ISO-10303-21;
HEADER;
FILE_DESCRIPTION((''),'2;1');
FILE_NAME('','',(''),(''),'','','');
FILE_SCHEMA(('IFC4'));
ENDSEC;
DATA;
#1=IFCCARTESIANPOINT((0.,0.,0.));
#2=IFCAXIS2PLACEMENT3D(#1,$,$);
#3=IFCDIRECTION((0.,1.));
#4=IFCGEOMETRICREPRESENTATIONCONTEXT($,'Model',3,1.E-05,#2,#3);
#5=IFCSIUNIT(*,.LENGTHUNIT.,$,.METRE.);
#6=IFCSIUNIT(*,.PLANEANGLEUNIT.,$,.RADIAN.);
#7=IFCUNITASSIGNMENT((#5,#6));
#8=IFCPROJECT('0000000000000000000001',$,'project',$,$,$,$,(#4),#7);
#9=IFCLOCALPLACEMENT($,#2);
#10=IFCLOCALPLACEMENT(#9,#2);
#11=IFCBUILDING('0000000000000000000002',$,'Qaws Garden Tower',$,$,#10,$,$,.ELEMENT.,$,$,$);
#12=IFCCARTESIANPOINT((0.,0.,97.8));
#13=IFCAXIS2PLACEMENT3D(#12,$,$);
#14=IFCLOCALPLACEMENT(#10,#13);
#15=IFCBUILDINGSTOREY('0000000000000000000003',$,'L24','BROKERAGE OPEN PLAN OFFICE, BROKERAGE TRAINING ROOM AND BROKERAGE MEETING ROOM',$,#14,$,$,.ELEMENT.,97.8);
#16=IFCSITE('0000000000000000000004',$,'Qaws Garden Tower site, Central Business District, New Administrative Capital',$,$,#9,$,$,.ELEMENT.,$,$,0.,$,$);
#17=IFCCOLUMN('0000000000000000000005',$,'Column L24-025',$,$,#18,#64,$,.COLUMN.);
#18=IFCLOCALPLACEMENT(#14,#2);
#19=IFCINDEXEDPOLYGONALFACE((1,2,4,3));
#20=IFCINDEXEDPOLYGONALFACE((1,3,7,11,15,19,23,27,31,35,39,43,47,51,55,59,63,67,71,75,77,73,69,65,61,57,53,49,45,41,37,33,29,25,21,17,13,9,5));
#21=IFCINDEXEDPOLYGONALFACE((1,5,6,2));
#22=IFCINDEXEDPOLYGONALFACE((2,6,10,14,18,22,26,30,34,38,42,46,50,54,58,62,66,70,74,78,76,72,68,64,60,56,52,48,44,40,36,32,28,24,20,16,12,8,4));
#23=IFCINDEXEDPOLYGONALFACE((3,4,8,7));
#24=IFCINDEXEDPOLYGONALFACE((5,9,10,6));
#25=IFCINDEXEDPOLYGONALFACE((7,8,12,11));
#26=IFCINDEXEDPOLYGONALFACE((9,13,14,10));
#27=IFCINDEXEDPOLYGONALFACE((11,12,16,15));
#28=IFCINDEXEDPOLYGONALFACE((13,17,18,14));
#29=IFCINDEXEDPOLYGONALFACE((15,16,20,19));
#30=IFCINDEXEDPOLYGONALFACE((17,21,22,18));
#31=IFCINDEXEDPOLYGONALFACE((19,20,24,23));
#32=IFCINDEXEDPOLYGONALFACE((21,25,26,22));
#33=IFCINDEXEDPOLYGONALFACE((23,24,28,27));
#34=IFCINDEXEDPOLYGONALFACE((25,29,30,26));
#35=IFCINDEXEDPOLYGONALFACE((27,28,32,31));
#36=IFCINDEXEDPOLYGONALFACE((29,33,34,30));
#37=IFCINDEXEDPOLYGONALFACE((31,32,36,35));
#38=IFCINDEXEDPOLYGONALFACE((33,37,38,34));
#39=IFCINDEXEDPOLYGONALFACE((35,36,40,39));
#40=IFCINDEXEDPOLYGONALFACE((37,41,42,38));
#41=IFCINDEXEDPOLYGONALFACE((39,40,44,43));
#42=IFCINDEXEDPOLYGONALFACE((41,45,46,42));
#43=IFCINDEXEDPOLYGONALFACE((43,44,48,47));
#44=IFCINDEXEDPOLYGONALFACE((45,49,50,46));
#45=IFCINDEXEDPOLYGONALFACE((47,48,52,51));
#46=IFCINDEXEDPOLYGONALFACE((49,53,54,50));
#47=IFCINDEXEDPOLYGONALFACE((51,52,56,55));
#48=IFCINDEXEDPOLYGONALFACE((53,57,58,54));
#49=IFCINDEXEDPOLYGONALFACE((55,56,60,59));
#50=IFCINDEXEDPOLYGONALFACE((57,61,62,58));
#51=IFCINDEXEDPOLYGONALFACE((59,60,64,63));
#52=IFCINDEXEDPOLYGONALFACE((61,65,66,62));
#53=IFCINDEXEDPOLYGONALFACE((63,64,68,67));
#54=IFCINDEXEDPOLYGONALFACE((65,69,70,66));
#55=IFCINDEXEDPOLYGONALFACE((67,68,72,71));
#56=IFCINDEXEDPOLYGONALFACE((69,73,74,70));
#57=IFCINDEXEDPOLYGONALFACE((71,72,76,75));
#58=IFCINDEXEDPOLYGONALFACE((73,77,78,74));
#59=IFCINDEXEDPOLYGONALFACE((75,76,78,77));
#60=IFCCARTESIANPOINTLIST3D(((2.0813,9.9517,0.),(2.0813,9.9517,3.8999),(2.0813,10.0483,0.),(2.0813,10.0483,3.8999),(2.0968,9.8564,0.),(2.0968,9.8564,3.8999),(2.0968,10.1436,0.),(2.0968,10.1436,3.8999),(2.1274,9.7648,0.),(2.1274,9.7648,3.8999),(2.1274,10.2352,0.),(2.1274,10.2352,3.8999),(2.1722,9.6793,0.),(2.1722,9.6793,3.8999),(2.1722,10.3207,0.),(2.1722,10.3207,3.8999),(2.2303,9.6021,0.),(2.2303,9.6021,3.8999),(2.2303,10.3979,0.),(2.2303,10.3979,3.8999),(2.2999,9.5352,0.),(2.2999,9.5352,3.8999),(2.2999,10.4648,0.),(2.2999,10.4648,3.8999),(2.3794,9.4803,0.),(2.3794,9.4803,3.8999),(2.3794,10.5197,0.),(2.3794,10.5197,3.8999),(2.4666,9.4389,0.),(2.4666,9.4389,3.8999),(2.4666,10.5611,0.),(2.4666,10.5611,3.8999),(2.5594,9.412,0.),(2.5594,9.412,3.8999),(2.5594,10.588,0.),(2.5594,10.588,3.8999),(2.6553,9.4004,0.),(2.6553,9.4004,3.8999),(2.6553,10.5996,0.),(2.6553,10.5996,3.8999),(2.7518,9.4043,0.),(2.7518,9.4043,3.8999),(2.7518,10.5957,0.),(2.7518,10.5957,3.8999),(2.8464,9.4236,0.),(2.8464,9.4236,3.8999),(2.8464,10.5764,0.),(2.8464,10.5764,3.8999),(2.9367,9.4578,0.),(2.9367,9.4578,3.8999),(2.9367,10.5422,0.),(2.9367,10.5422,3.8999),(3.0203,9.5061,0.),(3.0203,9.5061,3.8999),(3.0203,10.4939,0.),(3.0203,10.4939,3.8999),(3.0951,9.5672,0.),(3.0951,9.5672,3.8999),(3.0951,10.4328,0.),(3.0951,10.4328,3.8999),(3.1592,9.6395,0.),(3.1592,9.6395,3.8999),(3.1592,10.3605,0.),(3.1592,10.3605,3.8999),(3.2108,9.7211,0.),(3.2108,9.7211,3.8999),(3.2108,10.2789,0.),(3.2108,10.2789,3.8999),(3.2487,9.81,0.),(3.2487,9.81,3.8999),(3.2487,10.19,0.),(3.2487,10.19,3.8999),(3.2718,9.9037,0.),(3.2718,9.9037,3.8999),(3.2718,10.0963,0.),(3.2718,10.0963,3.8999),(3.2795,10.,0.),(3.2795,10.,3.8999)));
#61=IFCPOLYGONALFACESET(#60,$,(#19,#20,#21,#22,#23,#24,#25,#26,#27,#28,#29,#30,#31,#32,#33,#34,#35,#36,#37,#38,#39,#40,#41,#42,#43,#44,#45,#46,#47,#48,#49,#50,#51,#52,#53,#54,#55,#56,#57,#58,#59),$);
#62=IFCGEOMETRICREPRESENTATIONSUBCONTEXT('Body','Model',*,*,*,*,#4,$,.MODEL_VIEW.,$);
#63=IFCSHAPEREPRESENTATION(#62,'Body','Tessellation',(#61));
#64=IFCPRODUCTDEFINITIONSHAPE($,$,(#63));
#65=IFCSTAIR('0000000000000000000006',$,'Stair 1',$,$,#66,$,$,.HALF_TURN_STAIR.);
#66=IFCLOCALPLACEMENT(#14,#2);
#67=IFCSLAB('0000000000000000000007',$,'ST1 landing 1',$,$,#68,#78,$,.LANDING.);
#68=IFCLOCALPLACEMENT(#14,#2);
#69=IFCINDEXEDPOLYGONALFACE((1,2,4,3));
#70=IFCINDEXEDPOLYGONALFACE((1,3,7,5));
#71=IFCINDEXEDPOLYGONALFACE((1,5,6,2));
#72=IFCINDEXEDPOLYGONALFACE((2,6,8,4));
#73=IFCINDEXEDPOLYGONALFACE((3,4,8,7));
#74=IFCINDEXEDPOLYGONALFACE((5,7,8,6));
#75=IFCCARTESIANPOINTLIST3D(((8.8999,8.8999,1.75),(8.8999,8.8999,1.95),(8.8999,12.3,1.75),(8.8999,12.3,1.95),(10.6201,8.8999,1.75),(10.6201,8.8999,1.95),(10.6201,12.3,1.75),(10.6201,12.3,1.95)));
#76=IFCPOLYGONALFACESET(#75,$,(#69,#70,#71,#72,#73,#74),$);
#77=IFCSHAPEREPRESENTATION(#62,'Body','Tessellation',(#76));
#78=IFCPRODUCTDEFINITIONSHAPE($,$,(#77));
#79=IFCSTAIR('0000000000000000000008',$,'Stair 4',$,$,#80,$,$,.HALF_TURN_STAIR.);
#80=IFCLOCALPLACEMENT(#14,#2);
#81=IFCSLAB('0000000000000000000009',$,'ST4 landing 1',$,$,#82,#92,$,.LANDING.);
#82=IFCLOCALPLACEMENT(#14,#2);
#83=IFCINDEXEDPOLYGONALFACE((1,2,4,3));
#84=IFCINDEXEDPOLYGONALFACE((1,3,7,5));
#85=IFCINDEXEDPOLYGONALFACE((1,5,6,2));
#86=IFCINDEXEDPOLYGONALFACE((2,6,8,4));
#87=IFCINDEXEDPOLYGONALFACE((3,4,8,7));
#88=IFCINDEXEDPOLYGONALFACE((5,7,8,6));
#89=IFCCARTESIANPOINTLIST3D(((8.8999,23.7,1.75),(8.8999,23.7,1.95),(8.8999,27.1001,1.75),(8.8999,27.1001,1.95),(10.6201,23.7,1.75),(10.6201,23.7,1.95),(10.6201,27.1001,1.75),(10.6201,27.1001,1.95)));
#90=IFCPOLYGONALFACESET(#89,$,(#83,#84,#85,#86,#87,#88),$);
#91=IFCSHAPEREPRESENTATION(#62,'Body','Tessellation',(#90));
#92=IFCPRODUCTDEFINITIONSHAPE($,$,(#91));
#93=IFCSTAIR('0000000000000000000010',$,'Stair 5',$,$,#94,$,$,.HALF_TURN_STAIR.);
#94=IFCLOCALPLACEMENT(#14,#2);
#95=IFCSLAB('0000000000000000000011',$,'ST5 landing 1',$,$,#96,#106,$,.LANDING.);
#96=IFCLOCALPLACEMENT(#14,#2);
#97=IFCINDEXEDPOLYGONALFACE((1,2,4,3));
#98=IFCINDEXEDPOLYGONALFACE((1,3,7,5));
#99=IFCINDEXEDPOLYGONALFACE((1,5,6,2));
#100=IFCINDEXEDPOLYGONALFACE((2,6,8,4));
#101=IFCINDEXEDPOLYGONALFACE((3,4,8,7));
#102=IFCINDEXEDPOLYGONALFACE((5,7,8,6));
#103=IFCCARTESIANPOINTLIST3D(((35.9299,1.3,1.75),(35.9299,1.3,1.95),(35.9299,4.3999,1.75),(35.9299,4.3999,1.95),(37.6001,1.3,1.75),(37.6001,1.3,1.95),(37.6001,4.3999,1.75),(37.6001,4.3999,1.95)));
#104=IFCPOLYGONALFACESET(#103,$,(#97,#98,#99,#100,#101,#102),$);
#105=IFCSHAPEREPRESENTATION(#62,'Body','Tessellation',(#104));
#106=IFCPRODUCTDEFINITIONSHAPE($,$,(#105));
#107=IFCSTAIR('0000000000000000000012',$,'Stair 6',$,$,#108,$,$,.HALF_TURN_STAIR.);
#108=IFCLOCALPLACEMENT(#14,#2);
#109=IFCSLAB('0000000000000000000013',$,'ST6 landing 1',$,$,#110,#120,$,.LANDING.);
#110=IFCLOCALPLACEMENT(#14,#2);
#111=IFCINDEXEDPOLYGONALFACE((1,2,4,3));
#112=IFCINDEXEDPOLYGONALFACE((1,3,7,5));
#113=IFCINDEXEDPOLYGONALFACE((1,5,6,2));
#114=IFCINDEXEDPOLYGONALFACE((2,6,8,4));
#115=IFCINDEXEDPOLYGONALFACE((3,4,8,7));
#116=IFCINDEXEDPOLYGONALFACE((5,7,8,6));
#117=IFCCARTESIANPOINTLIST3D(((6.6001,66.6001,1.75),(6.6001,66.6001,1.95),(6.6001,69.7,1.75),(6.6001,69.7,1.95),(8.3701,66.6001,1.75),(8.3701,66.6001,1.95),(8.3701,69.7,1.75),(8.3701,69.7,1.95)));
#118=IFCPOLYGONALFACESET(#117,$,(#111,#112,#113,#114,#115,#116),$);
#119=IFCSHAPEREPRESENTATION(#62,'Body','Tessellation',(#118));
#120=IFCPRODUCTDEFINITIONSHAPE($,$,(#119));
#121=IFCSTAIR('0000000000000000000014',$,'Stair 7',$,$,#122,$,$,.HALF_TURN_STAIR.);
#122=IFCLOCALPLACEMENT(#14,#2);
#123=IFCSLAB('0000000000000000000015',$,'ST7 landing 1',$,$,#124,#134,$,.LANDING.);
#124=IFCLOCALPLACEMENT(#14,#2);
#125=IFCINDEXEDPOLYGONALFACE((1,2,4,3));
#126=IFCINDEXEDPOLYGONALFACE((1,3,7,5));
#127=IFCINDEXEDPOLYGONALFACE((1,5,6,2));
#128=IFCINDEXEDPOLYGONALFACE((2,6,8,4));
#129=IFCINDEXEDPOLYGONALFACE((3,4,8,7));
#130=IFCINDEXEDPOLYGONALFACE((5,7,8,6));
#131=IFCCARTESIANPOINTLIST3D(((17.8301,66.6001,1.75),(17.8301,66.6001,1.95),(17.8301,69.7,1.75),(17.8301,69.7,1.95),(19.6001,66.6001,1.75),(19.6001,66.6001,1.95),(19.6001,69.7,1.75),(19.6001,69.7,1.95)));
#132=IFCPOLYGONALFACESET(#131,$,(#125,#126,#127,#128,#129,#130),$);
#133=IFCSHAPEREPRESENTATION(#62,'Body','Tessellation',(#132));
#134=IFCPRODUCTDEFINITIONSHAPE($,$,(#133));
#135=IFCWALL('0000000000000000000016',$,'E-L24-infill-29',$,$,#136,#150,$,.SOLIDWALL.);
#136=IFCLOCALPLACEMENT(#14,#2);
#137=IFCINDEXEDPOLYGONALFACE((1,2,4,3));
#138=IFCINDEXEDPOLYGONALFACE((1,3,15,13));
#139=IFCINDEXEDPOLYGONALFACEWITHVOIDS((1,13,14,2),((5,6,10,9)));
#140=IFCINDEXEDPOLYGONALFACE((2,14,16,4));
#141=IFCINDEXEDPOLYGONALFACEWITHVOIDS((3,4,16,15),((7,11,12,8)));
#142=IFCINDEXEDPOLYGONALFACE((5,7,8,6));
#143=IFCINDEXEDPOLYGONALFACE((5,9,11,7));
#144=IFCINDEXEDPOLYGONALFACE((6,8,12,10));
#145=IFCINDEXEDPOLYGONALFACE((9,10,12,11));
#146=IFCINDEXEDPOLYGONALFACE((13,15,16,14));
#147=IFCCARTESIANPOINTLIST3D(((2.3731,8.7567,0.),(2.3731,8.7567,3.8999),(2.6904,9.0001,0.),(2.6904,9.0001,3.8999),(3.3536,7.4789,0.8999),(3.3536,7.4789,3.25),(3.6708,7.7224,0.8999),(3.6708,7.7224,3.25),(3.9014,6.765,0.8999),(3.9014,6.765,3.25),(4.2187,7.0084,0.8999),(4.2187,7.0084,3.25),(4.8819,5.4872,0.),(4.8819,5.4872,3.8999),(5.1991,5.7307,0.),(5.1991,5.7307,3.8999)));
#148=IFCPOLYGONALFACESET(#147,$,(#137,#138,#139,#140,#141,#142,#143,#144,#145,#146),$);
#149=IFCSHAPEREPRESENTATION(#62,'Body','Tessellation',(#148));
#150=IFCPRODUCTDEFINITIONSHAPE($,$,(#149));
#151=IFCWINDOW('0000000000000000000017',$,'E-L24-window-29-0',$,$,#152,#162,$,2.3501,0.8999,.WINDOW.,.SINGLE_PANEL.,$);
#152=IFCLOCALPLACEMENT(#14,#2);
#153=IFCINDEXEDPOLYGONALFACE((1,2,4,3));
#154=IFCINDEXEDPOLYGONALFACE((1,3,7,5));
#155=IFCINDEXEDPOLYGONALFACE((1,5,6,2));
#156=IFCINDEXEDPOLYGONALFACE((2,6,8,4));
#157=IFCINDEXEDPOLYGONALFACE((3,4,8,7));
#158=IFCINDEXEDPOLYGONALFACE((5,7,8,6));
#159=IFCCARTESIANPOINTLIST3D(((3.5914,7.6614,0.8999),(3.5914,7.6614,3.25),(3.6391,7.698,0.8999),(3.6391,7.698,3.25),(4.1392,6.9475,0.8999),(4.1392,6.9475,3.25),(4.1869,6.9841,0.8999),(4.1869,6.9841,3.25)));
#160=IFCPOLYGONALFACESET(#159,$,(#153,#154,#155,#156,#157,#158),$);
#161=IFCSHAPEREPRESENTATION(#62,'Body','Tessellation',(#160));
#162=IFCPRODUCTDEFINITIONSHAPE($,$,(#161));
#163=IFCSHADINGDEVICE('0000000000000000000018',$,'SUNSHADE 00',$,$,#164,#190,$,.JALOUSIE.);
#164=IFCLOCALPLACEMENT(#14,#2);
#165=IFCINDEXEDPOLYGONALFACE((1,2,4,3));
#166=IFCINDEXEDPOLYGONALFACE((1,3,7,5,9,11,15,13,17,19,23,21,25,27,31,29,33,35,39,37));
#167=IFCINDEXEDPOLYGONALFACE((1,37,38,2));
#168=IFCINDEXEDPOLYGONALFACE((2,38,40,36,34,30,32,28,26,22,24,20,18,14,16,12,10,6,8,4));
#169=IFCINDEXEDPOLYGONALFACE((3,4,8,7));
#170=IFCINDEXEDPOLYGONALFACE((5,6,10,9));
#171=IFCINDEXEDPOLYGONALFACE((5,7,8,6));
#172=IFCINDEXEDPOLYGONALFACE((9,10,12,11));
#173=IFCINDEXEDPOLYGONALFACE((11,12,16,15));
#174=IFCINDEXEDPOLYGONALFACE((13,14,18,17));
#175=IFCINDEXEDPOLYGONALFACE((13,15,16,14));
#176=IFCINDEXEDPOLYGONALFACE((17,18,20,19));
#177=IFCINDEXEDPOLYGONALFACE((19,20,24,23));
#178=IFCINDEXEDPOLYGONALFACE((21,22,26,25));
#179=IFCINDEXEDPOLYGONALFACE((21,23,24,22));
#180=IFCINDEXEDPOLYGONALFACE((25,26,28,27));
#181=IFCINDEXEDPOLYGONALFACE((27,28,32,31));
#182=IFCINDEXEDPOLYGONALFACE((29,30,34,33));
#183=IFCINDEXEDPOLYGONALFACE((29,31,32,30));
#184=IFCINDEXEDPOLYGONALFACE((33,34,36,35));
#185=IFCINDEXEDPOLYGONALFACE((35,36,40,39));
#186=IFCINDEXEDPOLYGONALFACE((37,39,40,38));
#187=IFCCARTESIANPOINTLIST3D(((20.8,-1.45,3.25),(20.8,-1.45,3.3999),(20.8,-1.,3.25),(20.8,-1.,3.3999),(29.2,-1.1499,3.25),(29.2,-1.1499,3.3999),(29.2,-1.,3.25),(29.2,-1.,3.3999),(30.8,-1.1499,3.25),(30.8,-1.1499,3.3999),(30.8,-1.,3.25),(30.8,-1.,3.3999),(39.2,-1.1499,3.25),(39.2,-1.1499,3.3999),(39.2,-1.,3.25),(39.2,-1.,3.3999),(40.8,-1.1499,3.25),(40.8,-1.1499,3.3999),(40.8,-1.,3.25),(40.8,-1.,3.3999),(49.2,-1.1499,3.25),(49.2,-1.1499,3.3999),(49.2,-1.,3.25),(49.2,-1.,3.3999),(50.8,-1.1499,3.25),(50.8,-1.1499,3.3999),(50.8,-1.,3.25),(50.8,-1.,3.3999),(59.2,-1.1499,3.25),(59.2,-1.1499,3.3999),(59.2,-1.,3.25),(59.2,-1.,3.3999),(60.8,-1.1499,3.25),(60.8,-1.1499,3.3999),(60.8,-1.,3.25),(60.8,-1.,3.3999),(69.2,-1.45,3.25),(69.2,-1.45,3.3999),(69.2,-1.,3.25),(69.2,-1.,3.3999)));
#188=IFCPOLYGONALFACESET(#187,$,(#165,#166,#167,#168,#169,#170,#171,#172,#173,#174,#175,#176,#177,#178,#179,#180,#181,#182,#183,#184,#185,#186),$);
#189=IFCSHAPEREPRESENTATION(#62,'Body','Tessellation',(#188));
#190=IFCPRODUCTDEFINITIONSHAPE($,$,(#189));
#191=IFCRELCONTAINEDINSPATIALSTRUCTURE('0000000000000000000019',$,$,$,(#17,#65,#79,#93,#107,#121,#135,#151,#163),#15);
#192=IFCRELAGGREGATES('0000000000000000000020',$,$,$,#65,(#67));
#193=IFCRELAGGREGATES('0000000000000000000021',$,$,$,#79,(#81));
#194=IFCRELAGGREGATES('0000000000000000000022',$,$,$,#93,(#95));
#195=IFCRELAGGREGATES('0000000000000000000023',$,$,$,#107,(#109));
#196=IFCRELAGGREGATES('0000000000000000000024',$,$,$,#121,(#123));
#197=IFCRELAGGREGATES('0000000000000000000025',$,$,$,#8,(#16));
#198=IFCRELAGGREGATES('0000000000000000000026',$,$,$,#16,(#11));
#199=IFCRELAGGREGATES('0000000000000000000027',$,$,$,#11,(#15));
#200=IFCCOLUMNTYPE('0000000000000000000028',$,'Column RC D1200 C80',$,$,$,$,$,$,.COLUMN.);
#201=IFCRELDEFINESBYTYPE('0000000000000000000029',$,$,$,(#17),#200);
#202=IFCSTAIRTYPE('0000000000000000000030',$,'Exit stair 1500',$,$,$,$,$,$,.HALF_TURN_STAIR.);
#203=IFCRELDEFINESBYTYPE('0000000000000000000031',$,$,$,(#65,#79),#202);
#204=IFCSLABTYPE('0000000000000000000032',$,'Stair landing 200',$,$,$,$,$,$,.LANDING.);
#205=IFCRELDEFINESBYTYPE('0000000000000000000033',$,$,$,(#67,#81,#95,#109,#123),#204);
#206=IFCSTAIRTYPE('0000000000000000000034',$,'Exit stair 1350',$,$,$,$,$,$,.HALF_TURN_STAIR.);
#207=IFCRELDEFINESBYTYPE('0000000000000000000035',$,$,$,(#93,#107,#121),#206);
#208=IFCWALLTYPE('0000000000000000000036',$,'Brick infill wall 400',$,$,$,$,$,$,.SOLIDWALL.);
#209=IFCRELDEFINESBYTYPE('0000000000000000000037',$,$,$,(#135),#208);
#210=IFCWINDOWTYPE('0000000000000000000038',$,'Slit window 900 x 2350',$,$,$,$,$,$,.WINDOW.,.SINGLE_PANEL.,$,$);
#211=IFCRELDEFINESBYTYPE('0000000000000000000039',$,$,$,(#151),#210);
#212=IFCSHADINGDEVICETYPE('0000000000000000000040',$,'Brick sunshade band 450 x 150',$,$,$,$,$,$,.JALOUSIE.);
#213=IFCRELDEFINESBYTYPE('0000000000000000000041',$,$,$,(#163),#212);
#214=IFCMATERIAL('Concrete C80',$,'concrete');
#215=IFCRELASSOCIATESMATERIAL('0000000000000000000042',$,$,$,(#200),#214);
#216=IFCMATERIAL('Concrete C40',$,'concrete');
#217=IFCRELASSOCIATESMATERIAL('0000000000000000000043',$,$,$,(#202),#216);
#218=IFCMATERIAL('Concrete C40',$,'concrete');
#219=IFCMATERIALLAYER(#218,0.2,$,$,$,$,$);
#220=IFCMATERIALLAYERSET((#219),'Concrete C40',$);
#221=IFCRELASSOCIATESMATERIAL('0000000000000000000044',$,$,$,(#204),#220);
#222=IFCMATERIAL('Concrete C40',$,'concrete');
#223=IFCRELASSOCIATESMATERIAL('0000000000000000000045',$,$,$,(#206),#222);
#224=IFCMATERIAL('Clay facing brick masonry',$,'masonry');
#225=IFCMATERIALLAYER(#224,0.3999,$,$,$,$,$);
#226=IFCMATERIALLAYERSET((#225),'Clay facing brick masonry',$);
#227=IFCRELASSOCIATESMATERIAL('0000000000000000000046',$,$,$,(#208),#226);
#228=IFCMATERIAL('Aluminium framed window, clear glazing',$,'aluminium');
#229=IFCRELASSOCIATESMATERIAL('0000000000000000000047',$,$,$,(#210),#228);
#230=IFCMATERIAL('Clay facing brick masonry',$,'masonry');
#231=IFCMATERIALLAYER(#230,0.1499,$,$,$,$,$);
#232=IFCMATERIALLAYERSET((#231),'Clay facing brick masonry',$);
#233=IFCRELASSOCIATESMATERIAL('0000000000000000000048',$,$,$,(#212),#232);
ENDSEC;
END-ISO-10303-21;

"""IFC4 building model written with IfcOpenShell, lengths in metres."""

from ifc_helpers import new_model, si_unit, direction, frame, frame_2d, origin, origin_2d, place, context, subcontext, project, spatial, polyline, rectangle, circle, outline, extrude, material, layer, layer_set, material_profile, profile_set, type_object, element, fill, aggregate, save


model = new_model("IFC4")

# Units and contexts
model_context = context("Model", 3, precision=1e-05, world=origin(), true_north=direction((0.0, 1.0)))
body_context = subcontext(model_context, "Body", "Model", "MODEL_VIEW")
ifc_project = project(units=[si_unit("LENGTHUNIT", "METRE"), si_unit("PLANEANGLEUNIT", "RADIAN")], contexts=[model_context])

# Site, building, storey
site_placement = place(None, origin())
site = spatial("IfcSite", under=ifc_project, at=site_placement, Name="Qaws Garden Tower site, Central Business District, New Administrative Capital", CompositionType="ELEMENT", RefElevation=0.0)
building_placement = place(site_placement, origin())
building = spatial("IfcBuilding", under=site, at=building_placement, Name="Qaws Garden Tower", CompositionType="ELEMENT")
storey_placement = place(building_placement, frame((0.0, 0.0, 97.8)))
storey = spatial("IfcBuildingStorey", under=building, at=storey_placement, Name="L24", Description="BROKERAGE OPEN PLAN OFFICE, BROKERAGE TRAINING ROOM AND BROKERAGE MEETING ROOM", CompositionType="ELEMENT", Elevation=97.8)

# Column
ifc_material_1 = material(Name="Concrete C80", Category="concrete")
ifc_material_profile = material_profile(ifc_material_1, circle(Radius=0.6001, at=origin_2d()), Name="RC D1200")
ifc_profile_set = profile_set([ifc_material_profile], Name="Concrete C80")
column_type = type_object("IfcColumnType", Name="Column RC D1200 C80", PredefinedType="COLUMN", material=ifc_profile_set)
column_placement = place(storey_placement, frame((2.6794, 10.0, 0.0), z_axis=(0.0, 0.0, 1.0), x_axis=(1.0, 0.0, 0.0)))
element("IfcColumn", 1, at=column_placement, inside=storey, type_object=column_type, Name="Column L24-025", PredefinedType="COLUMN", context=body_context, shape_type="SweptSolid", body=[
    extrude(circle(Radius=0.6001, at=origin_2d()), origin(), (0.0, 0.0, 1.0), 3.8999),
])

# Stairs, slabs
ifc_material_2 = material(Name="Concrete C40", Category="concrete")
stair_type_1 = type_object("IfcStairType", Name="Exit stair 1500", PredefinedType="HALF_TURN_STAIR", material=ifc_material_2)
placement_1 = place(storey_placement, origin())
stair_1 = element("IfcStair", 2, at=placement_1, inside=storey, type_object=stair_type_1, Name="Stair 1", PredefinedType="HALF_TURN_STAIR")
ifc_material_3 = material(Name="Concrete C40", Category="concrete")
ifc_layer_1 = layer(ifc_material_3, 0.2)
ifc_layer_set_1 = layer_set([ifc_layer_1], Name="Concrete C40")
slab_type = type_object("IfcSlabType", Name="Stair landing 200", PredefinedType="LANDING", material=ifc_layer_set_1)
placement_2 = place(storey_placement, frame((0.0, 0.0, 1.75)))
slab_1 = element("IfcSlab", 3, at=placement_2, type_object=slab_type, Name="ST1 landing 1", PredefinedType="LANDING", context=body_context, shape_type="SweptSolid", body=[
    extrude(outline(polyline([(8.8999, 8.8999), (10.6201, 8.8999), (10.6201, 12.3), (8.8999, 12.3), (8.8999, 8.8999)])), origin(), (0.0, 0.0, 1.0), 0.2),
])
aggregate(stair_1, [slab_1])
stair_2 = element("IfcStair", 4, at=placement_1, inside=storey, type_object=stair_type_1, Name="Stair 4", PredefinedType="HALF_TURN_STAIR")
slab_2 = element("IfcSlab", 5, at=placement_2, type_object=slab_type, Name="ST4 landing 1", PredefinedType="LANDING", context=body_context, shape_type="SweptSolid", body=[
    extrude(outline(polyline([(8.8999, 23.7), (10.6201, 23.7), (10.6201, 27.1001), (8.8999, 27.1001), (8.8999, 23.7)])), origin(), (0.0, 0.0, 1.0), 0.2),
])
aggregate(stair_2, [slab_2])
ifc_material_4 = material(Name="Concrete C40", Category="concrete")
stair_type_2 = type_object("IfcStairType", Name="Exit stair 1350", PredefinedType="HALF_TURN_STAIR", material=ifc_material_4)
stair_3 = element("IfcStair", 6, at=placement_1, inside=storey, type_object=stair_type_2, Name="Stair 5", PredefinedType="HALF_TURN_STAIR")
slab_3 = element("IfcSlab", 7, at=placement_2, type_object=slab_type, Name="ST5 landing 1", PredefinedType="LANDING", context=body_context, shape_type="SweptSolid", body=[
    extrude(outline(polyline([(35.9299, 1.3), (37.6001, 1.3), (37.6001, 4.3999), (35.9299, 4.3999), (35.9299, 1.3)])), origin(), (0.0, 0.0, 1.0), 0.2),
])
aggregate(stair_3, [slab_3])
stair_4 = element("IfcStair", 8, at=placement_1, inside=storey, type_object=stair_type_2, Name="Stair 6", PredefinedType="HALF_TURN_STAIR")
slab_4 = element("IfcSlab", 9, at=placement_2, type_object=slab_type, Name="ST6 landing 1", PredefinedType="LANDING", context=body_context, shape_type="SweptSolid", body=[
    extrude(outline(polyline([(6.6001, 66.6001), (8.3701, 66.6001), (8.3701, 69.7), (6.6001, 69.7), (6.6001, 66.6001)])), origin(), (0.0, 0.0, 1.0), 0.2),
])
aggregate(stair_4, [slab_4])
stair_5 = element("IfcStair", 10, at=placement_1, inside=storey, type_object=stair_type_2, Name="Stair 7", PredefinedType="HALF_TURN_STAIR")
slab_5 = element("IfcSlab", 11, at=placement_2, type_object=slab_type, Name="ST7 landing 1", PredefinedType="LANDING", context=body_context, shape_type="SweptSolid", body=[
    extrude(outline(polyline([(17.8301, 66.6001), (19.6001, 66.6001), (19.6001, 69.7), (17.8301, 69.7), (17.8301, 66.6001)])), origin(), (0.0, 0.0, 1.0), 0.2),
])
aggregate(stair_5, [slab_5])

# Wall, opening, window
ifc_material_5 = material(Name="Clay facing brick masonry", Category="masonry")
ifc_layer_2 = layer(ifc_material_5, 0.3999)
ifc_layer_set_2 = layer_set([ifc_layer_2], Name="Clay facing brick masonry")
wall_type = type_object("IfcWallType", Name="Brick infill wall 400", PredefinedType="SOLIDWALL", material=ifc_layer_set_2)
wall_placement = place(storey_placement, frame((2.5317, 8.8784, 0.0), z_axis=(0.0, 0.0, 1.0), x_axis=(0.60876, -0.793355, 0.0)))
wall = element("IfcWall", 12, at=wall_placement, inside=storey, type_object=wall_type, Name="E-L24-infill-29", PredefinedType="SOLIDWALL", context=body_context, shape_type="SweptSolid", body=[
    extrude(rectangle(XDim=4.1211, YDim=0.3999, at=frame_2d((2.0605, 0.0))), origin(), (0.0, 0.0, 1.0), 3.8999),
])
opening_placement = place(wall_placement, frame((1.6106, 0.0, 0.8999)))
opening = element("IfcOpeningElement", 13, at=opening_placement, cuts=wall, PredefinedType="OPENING", context=body_context, shape_type="SweptSolid", body=[
    extrude(rectangle(XDim=0.8999, YDim=2.3501, at=frame_2d((0.45, 1.175))), frame((0.0, 0.21, 0.0), z_axis=(0.0, -1.0, 0.0), x_axis=(1.0, 0.0, 0.0)), (0.0, 0.0, 1.0), 0.4199),
])
ifc_material_6 = material(Name="Aluminium framed window, clear glazing", Category="aluminium")
window_type = type_object("IfcWindowType", Name="Slit window 900 x 2350", PartitioningType="SINGLE_PANEL", PredefinedType="WINDOW", material=ifc_material_6)
window_placement = place(opening_placement, origin())
window = element("IfcWindow", 14, at=window_placement, inside=storey, type_object=window_type, Name="E-L24-window-29-0", OverallHeight=2.3501, OverallWidth=0.8999, PartitioningType="SINGLE_PANEL", PredefinedType="WINDOW", context=body_context, shape_type="SweptSolid", body=[
    extrude(rectangle(XDim=0.8999, YDim=2.3501, at=frame_2d((0.45, 1.175))), frame((0.0, 0.1599, 0.0), z_axis=(0.0, -1.0, 0.0), x_axis=(1.0, 0.0, 0.0)), (0.0, 0.0, 1.0), 0.0601),
])
fill(opening, window)

# Shading device
ifc_material_7 = material(Name="Clay facing brick masonry", Category="masonry")
ifc_layer_3 = layer(ifc_material_7, 0.1499)
ifc_layer_set_3 = layer_set([ifc_layer_3], Name="Clay facing brick masonry")
shading_device_type = type_object("IfcShadingDeviceType", Name="Brick sunshade band 450 x 150", PredefinedType="JALOUSIE", material=ifc_layer_set_3)
shading_device_placement = place(storey_placement, frame((0.0, 0.0, 3.25)))
element("IfcShadingDevice", 15, at=shading_device_placement, inside=storey, type_object=shading_device_type, Name="SUNSHADE 00", PredefinedType="JALOUSIE", context=body_context, shape_type="SweptSolid", body=[
    extrude(outline(polyline([(20.8, -1.0), (20.8, -1.45), (69.2, -1.45), (69.2, -1.0), (60.8, -1.0), (60.8, -1.1499), (59.2, -1.1499), (59.2, -1.0), (50.8, -1.0), (50.8, -1.1499), (49.2, -1.1499), (49.2, -1.0), (40.8, -1.0), (40.8, -1.1499), (39.2, -1.1499), (39.2, -1.0), (30.8, -1.0), (30.8, -1.1499), (29.2, -1.1499), (29.2, -1.0), (20.8, -1.0)])), origin(), (0.0, 0.0, 1.0), 0.1499),
])

save(model, "model.ifc")
